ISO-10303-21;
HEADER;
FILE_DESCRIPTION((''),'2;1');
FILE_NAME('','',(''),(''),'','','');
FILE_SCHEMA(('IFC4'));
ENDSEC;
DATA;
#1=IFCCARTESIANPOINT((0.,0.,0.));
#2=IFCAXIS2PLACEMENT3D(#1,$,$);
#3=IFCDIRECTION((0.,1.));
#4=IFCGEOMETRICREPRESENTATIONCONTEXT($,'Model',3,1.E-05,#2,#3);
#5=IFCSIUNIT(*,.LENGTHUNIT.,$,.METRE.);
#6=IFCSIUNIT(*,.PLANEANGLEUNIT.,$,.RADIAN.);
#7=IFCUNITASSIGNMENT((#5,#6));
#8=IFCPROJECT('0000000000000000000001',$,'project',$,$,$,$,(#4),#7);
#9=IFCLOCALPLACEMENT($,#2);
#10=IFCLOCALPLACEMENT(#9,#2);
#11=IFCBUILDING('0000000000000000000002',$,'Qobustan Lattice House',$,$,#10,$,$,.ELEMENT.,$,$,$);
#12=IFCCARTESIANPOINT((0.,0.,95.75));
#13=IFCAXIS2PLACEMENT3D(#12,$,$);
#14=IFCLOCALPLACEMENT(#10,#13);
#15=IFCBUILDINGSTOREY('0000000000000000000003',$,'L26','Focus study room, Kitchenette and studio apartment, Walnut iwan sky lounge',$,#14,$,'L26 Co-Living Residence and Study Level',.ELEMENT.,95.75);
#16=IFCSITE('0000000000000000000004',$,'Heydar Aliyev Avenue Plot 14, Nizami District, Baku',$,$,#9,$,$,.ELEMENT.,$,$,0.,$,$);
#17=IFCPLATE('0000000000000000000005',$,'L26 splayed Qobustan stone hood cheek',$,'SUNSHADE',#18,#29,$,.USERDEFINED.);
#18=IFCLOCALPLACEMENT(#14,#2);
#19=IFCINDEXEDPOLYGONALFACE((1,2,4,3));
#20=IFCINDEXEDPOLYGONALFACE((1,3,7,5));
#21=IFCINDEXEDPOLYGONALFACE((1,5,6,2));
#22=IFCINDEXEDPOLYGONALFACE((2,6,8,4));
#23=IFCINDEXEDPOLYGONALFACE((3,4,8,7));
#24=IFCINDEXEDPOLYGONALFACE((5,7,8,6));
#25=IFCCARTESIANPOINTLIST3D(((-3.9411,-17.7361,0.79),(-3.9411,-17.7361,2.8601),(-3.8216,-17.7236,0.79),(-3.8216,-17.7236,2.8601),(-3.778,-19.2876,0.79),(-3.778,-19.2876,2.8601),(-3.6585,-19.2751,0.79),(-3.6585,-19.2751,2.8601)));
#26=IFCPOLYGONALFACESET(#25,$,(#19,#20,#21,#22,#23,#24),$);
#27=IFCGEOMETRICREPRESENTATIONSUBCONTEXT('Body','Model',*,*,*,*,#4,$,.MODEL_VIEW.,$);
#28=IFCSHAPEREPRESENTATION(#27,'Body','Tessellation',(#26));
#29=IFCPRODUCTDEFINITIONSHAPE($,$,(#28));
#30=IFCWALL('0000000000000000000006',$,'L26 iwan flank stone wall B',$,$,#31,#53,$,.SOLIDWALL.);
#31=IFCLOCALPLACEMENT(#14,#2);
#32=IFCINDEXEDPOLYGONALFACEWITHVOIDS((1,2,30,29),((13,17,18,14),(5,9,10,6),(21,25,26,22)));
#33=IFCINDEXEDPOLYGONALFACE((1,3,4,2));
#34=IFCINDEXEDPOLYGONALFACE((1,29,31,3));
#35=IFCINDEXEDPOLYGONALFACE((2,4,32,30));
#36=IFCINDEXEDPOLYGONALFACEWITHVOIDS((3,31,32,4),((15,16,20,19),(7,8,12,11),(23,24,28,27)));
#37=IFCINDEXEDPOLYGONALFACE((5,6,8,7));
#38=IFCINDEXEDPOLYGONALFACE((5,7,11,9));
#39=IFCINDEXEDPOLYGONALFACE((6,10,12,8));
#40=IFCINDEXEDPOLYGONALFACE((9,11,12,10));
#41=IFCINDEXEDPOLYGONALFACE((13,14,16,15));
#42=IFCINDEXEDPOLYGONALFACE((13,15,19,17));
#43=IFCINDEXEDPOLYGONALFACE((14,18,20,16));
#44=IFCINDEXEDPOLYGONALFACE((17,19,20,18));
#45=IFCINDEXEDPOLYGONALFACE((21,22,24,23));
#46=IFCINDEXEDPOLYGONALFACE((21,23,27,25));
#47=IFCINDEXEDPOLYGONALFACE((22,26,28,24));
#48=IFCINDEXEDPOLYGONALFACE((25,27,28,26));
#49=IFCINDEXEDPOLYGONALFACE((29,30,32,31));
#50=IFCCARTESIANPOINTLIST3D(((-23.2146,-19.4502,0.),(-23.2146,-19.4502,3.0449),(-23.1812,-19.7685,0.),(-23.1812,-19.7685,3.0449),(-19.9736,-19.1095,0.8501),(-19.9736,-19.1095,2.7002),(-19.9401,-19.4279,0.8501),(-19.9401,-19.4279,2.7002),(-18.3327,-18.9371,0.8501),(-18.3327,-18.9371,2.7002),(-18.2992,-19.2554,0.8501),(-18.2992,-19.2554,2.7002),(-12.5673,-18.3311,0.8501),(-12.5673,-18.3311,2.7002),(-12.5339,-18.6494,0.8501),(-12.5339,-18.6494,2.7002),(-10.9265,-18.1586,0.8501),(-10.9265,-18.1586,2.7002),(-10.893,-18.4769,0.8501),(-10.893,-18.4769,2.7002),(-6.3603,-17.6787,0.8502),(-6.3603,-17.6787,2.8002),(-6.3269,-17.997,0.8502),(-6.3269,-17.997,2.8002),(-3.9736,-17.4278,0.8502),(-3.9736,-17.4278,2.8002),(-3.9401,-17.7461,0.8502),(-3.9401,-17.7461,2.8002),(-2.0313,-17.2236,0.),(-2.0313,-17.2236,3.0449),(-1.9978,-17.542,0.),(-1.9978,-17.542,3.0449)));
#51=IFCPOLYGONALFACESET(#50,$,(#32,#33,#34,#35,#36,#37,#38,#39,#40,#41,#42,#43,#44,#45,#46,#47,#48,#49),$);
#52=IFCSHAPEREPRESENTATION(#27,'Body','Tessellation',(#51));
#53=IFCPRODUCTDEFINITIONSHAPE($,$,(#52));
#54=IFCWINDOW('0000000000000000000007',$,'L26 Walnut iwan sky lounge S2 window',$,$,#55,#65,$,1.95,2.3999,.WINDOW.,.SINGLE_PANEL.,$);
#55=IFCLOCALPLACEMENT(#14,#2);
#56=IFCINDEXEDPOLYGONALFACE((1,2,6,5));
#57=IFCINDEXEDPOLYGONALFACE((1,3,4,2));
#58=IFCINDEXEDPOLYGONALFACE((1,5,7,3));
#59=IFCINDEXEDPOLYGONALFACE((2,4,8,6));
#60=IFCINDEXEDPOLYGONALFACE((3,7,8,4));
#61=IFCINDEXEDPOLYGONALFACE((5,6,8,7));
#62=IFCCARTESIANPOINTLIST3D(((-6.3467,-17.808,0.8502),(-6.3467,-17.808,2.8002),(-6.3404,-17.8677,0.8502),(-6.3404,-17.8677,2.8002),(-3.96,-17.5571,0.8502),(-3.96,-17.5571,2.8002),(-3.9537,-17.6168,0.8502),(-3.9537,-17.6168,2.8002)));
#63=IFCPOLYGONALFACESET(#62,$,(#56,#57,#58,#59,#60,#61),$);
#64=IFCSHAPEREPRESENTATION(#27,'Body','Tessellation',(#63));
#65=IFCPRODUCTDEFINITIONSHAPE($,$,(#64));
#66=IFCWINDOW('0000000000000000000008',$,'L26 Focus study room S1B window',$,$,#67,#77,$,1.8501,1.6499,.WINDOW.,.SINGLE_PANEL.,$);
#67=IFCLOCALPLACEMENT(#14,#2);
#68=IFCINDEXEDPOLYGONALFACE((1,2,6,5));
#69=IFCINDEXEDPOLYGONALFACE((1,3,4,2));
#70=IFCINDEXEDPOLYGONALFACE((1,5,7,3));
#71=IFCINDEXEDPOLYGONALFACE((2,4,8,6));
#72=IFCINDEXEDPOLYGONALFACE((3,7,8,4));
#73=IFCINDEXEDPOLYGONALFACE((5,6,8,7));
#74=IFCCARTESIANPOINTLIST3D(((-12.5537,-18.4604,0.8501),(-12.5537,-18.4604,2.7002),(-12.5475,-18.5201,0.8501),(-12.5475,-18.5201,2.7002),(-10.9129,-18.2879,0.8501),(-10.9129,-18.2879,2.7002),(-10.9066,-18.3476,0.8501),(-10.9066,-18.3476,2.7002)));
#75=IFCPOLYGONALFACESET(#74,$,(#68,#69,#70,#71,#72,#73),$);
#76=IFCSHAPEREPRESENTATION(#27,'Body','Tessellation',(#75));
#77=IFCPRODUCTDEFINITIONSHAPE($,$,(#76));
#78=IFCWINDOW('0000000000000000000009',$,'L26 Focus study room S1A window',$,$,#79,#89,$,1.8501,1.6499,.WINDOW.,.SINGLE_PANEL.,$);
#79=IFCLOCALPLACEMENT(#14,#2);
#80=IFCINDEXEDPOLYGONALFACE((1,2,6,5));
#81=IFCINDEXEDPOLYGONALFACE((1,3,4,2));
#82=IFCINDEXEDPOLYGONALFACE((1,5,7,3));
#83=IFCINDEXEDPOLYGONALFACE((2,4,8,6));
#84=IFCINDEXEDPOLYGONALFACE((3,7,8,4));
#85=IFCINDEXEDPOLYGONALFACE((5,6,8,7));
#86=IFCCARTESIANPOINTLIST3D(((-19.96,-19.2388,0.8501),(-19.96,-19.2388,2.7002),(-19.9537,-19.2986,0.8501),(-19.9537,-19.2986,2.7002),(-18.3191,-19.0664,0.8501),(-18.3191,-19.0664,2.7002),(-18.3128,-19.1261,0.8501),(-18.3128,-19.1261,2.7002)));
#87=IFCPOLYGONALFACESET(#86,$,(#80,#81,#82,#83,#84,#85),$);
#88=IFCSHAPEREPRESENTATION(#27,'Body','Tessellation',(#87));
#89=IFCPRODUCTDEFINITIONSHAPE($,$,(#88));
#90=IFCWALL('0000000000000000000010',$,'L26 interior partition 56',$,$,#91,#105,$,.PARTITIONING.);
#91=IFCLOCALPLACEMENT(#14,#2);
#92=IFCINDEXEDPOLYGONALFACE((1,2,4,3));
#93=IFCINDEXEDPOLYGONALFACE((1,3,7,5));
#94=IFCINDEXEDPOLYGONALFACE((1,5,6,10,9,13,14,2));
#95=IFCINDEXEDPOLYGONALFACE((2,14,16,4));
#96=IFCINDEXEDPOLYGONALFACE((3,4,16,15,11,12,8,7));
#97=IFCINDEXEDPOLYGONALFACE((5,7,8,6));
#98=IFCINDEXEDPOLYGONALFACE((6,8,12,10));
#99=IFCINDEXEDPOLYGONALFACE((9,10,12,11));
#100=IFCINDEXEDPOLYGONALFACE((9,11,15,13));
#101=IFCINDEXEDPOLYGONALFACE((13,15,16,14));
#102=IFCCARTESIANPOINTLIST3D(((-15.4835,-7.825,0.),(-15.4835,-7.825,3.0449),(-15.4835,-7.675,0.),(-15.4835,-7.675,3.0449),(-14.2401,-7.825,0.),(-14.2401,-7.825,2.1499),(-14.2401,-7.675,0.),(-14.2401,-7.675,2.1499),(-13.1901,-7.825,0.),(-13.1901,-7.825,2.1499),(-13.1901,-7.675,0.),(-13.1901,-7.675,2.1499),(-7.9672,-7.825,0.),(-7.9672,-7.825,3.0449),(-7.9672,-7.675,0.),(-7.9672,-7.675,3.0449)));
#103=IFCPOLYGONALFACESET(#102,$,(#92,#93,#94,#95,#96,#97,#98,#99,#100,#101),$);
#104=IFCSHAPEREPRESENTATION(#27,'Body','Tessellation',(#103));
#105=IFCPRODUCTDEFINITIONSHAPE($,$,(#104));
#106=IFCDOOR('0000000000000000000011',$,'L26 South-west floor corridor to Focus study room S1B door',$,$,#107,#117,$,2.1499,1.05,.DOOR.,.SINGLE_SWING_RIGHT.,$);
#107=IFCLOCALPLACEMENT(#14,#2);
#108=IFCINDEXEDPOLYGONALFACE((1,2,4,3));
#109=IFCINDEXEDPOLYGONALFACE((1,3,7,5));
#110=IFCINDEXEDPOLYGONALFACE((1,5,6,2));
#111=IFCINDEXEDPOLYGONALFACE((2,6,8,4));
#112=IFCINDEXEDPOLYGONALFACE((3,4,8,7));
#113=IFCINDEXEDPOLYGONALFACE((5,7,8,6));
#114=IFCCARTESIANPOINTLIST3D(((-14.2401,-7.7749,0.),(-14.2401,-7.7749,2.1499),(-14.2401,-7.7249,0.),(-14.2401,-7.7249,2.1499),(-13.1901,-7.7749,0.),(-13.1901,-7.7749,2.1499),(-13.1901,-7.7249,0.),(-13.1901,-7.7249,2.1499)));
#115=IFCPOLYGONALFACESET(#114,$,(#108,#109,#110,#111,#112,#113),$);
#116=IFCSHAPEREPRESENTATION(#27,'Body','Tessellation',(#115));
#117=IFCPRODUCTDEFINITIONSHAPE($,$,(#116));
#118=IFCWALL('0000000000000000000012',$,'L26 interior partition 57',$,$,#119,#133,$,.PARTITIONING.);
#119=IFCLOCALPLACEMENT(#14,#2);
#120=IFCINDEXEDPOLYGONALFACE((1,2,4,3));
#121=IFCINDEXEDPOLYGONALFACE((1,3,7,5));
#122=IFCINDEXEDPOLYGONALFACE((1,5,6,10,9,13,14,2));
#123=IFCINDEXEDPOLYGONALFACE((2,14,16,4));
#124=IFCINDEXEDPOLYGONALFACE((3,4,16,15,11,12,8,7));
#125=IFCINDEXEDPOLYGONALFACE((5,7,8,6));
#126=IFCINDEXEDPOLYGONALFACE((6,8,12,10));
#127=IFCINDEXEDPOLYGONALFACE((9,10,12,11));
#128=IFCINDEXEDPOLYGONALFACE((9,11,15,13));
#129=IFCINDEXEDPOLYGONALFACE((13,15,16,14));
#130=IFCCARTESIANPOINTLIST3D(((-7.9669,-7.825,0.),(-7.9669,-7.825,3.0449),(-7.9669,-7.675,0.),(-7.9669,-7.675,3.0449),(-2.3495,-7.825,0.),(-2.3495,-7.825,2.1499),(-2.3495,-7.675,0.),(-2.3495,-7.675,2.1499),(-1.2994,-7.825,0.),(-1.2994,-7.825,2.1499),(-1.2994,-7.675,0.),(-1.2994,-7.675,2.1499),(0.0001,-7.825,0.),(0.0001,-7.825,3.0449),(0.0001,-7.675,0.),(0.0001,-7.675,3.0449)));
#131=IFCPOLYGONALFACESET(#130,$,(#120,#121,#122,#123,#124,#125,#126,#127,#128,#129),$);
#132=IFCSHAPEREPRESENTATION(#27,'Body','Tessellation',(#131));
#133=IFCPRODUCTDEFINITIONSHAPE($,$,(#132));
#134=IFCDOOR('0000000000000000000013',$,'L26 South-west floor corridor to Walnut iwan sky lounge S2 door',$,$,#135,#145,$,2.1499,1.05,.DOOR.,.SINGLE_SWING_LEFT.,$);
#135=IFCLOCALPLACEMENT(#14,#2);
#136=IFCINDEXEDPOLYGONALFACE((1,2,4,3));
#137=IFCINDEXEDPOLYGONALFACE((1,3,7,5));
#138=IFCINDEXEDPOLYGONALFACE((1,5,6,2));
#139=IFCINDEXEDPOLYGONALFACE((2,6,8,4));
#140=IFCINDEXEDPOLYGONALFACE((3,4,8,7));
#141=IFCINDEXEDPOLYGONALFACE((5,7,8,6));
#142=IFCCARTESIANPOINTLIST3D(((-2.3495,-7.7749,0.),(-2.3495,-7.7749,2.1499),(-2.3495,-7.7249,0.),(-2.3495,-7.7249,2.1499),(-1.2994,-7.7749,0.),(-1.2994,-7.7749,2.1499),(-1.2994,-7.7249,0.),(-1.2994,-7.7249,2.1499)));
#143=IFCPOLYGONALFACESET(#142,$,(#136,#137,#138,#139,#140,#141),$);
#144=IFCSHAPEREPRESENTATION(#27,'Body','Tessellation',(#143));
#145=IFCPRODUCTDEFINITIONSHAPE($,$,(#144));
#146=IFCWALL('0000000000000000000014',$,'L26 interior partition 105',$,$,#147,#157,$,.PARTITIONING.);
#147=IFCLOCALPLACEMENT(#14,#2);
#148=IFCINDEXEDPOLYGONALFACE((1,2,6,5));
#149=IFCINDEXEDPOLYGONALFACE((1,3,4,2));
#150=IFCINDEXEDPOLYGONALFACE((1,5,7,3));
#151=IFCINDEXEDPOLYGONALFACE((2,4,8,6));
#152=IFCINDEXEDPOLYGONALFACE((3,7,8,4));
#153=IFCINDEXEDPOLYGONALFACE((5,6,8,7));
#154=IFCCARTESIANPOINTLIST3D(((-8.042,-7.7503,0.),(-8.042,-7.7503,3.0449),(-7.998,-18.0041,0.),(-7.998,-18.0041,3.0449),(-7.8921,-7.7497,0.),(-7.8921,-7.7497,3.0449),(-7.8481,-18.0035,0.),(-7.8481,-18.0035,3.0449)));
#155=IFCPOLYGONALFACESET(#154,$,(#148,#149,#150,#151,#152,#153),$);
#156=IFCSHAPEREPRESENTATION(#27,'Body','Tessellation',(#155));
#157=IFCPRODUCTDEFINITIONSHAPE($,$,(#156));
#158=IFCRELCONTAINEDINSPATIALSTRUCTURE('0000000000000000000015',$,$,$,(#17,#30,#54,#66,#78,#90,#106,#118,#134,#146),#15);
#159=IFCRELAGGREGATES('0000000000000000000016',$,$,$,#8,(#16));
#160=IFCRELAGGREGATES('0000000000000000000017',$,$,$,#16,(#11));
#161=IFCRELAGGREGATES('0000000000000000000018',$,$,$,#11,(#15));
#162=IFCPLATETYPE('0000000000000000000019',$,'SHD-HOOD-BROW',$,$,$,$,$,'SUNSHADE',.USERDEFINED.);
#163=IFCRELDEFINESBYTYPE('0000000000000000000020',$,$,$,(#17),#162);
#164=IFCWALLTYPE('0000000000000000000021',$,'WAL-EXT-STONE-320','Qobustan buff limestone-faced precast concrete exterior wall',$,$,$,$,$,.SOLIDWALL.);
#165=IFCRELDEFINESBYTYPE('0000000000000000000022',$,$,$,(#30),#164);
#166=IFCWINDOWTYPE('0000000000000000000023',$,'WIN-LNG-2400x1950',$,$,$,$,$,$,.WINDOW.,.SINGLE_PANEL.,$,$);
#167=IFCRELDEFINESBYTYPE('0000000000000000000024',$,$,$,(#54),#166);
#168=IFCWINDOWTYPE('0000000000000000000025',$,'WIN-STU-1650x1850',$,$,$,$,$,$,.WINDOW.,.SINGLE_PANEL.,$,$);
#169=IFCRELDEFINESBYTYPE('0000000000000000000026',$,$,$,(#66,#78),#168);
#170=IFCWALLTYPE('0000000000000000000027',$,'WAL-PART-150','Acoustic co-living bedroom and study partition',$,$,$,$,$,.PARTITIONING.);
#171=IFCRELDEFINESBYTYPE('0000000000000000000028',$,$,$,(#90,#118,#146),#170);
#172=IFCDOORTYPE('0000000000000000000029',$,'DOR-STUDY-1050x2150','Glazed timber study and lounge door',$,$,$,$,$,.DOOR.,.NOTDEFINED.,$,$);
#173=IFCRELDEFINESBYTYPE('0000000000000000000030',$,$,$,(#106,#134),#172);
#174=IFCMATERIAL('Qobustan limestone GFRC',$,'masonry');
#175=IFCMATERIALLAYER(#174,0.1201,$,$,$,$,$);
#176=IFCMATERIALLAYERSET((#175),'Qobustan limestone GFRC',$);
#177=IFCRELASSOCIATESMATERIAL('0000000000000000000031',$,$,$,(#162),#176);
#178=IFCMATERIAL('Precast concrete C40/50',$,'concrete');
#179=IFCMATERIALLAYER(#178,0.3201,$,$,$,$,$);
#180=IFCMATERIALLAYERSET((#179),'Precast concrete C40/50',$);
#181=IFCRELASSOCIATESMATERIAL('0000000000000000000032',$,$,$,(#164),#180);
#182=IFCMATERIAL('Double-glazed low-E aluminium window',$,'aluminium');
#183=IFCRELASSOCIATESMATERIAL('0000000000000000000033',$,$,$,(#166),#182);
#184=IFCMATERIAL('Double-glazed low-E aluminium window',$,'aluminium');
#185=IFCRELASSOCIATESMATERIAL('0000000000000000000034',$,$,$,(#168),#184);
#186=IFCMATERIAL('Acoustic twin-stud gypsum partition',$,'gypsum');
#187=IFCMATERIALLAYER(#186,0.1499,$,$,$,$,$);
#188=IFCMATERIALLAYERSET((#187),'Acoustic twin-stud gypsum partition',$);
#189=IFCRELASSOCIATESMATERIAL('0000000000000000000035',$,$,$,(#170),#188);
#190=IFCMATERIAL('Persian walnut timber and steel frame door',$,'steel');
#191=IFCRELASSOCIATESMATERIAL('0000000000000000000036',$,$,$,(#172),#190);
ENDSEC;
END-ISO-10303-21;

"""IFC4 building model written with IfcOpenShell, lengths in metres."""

from ifc_helpers import new_model, si_unit, direction, frame, frame_2d, origin, origin_2d, place, context, subcontext, project, spatial, rectangle, extrude, material, layer, layer_set, type_object, element, fill, save


model = new_model("IFC4")

# Units and contexts
model_context = context("Model", 3, precision=1e-05, world=origin(), true_north=direction((0.0, 1.0)))
body_context = subcontext(model_context, "Body", "Model", "MODEL_VIEW")
ifc_project = project(units=[si_unit("LENGTHUNIT", "METRE"), si_unit("PLANEANGLEUNIT", "RADIAN")], contexts=[model_context])

# Site, building, storey
site_placement = place(None, origin())
site = spatial("IfcSite", under=ifc_project, at=site_placement, Name="Heydar Aliyev Avenue Plot 14, Nizami District, Baku", CompositionType="ELEMENT", RefElevation=0.0)
building_placement = place(site_placement, origin())
building = spatial("IfcBuilding", under=site, at=building_placement, Name="Qobustan Lattice House", CompositionType="ELEMENT")
storey_placement = place(building_placement, frame((0.0, 0.0, 95.75)))
storey = spatial("IfcBuildingStorey", under=building, at=storey_placement, Name="L26", Description="Focus study room, Kitchenette and studio apartment, Walnut iwan sky lounge", LongName="L26 Co-Living Residence and Study Level", CompositionType="ELEMENT", Elevation=95.75)

# Plate
ifc_material_1 = material(Name="Qobustan limestone GFRC", Category="masonry")
ifc_layer_1 = layer(ifc_material_1, 0.1201)
ifc_layer_set_1 = layer_set([ifc_layer_1], Name="Qobustan limestone GFRC")
plate_type_1 = type_object("IfcPlateType", Name="SHD-HOOD-BROW", ElementType="SUNSHADE", PredefinedType="USERDEFINED", material=ifc_layer_set_1)
plate_1_placement = place(storey_placement, frame((-3.7998, -18.5056, 0.79), z_axis=(0.0, 0.0, 1.0), x_axis=(-0.994522, -0.104528, 0.0)))
element("IfcPlate", 1, at=plate_1_placement, inside=storey, type_object=plate_type_1, Name="L26 splayed Qobustan stone hood cheek", ObjectType="SUNSHADE", PredefinedType="USERDEFINED", context=body_context, shape_type="SweptSolid", body=[
    extrude(rectangle(XDim=0.1201, YDim=1.5601, at=origin_2d()), origin(), (0.0, 0.0, 1.0), 2.0701),
])

# Wall, openings, windows
ifc_material_2 = material(Name="Precast concrete C40/50", Category="concrete")
ifc_layer_2 = layer(ifc_material_2, 0.3201)
ifc_layer_set_2 = layer_set([ifc_layer_2], Name="Precast concrete C40/50")
wall_type_1 = type_object("IfcWallType", Name="WAL-EXT-STONE-320", Description="Qobustan buff limestone-faced precast concrete exterior wall", PredefinedType="SOLIDWALL", material=ifc_layer_set_2)
wall_1_placement = place(storey_placement, frame((-2.0146, -17.3828, 0.0), z_axis=(0.0, 0.0, 1.0), x_axis=(-0.994521, -0.104533, 0.0)))
wall_1 = element("IfcWall", 2, at=wall_1_placement, inside=storey, type_object=wall_type_1, Name="L26 iwan flank stone wall B", PredefinedType="SOLIDWALL", context=body_context, shape_type="SweptSolid", body=[
    extrude(rectangle(XDim=21.3, YDim=0.3201, at=frame_2d((10.6499, 0.0))), origin(), (0.0, 0.0, 1.0), 3.0449),
])
opening_1_placement = place(wall_1_placement, frame((1.9529, 0.0, 0.8501)))
opening_1 = element("IfcOpeningElement", 3, at=opening_1_placement, cuts=wall_1, PredefinedType="OPENING", context=body_context, shape_type="SweptSolid", body=[
    extrude(rectangle(XDim=2.3999, YDim=1.95, at=frame_2d((1.2, 0.9751))), frame((0.0, 0.1699, 0.0), z_axis=(0.0, -1.0, 0.0), x_axis=(1.0, 0.0, 0.0)), (0.0, 0.0, 1.0), 0.3401),
])
opening_2_placement = place(wall_1_placement, frame((8.9441, 0.0, 0.8501)))
opening_2 = element("IfcOpeningElement", 4, at=opening_2_placement, cuts=wall_1, PredefinedType="OPENING", context=body_context, shape_type="SweptSolid", body=[
    extrude(rectangle(XDim=1.6499, YDim=1.8501, at=frame_2d((0.825, 0.925))), frame((0.0, 0.1699, 0.0), z_axis=(0.0, -1.0, 0.0), x_axis=(1.0, 0.0, 0.0)), (0.0, 0.0, 1.0), 0.3401),
])
opening_3_placement = place(wall_1_placement, frame((16.3911, 0.0, 0.8501)))
opening_3 = element("IfcOpeningElement", 5, at=opening_3_placement, cuts=wall_1, PredefinedType="OPENING", context=body_context, shape_type="SweptSolid", body=[
    extrude(rectangle(XDim=1.6499, YDim=1.8501, at=frame_2d((0.825, 0.925))), frame((0.0, 0.1699, 0.0), z_axis=(0.0, -1.0, 0.0), x_axis=(1.0, 0.0, 0.0)), (0.0, 0.0, 1.0), 0.3401),
])
ifc_material_3 = material(Name="Double-glazed low-E aluminium window", Category="aluminium")
window_type_1 = type_object("IfcWindowType", Name="WIN-LNG-2400x1950", PartitioningType="SINGLE_PANEL", PredefinedType="WINDOW", material=ifc_material_3)
window_1_placement = place(opening_1_placement, origin())
window_1 = element("IfcWindow", 6, at=window_1_placement, inside=storey, type_object=window_type_1, Name="L26 Walnut iwan sky lounge S2 window", OverallHeight=1.95, OverallWidth=2.3999, PartitioningType="SINGLE_PANEL", PredefinedType="WINDOW", context=body_context, shape_type="SweptSolid", body=[
    extrude(rectangle(XDim=2.3999, YDim=1.95, at=frame_2d((1.2, 0.9751))), frame((0.0, 0.03, 0.0), z_axis=(0.0, -1.0, 0.0), x_axis=(1.0, 0.0, 0.0)), (0.0, 0.0, 1.0), 0.0601),
])
fill(opening_1, window_1)
ifc_material_4 = material(Name="Double-glazed low-E aluminium window", Category="aluminium")
window_type_2 = type_object("IfcWindowType", Name="WIN-STU-1650x1850", PartitioningType="SINGLE_PANEL", PredefinedType="WINDOW", material=ifc_material_4)
window_2_placement = place(opening_2_placement, origin())
window_2 = element("IfcWindow", 7, at=window_2_placement, inside=storey, type_object=window_type_2, Name="L26 Focus study room S1B window", OverallHeight=1.8501, OverallWidth=1.6499, PartitioningType="SINGLE_PANEL", PredefinedType="WINDOW", context=body_context, shape_type="SweptSolid", body=[
    extrude(rectangle(XDim=1.6499, YDim=1.8501, at=frame_2d((0.825, 0.925))), frame((0.0, 0.03, 0.0), z_axis=(0.0, -1.0, 0.0), x_axis=(1.0, 0.0, 0.0)), (0.0, 0.0, 1.0), 0.0601),
])
fill(opening_2, window_2)
window_3_placement = place(opening_3_placement, origin())
window_3 = element("IfcWindow", 8, at=window_3_placement, inside=storey, type_object=window_type_2, Name="L26 Focus study room S1A window", OverallHeight=1.8501, OverallWidth=1.6499, PartitioningType="SINGLE_PANEL", PredefinedType="WINDOW", context=body_context, shape_type="SweptSolid", body=[
    extrude(rectangle(XDim=1.6499, YDim=1.8501, at=frame_2d((0.825, 0.925))), frame((0.0, 0.03, 0.0), z_axis=(0.0, -1.0, 0.0), x_axis=(1.0, 0.0, 0.0)), (0.0, 0.0, 1.0), 0.0601),
])
fill(opening_3, window_3)

# Walls, openings, doors
ifc_material_5 = material(Name="Acoustic twin-stud gypsum partition", Category="gypsum")
ifc_layer_3 = layer(ifc_material_5, 0.1499)
ifc_layer_set_3 = layer_set([ifc_layer_3], Name="Acoustic twin-stud gypsum partition")
wall_type_2 = type_object("IfcWallType", Name="WAL-PART-150", Description="Acoustic co-living bedroom and study partition", PredefinedType="PARTITIONING", material=ifc_layer_set_3)
wall_2_placement = place(storey_placement, frame((-7.967, -7.75, 0.0), z_axis=(0.0, 0.0, 1.0), x_axis=(-1.0, 0.0, 0.0)))
wall_2 = element("IfcWall", 9, at=wall_2_placement, inside=storey, type_object=wall_type_2, Name="L26 interior partition 56", PredefinedType="PARTITIONING", context=body_context, shape_type="SweptSolid", body=[
    extrude(rectangle(XDim=7.5164, YDim=0.1499, at=frame_2d((3.7583, 0.0))), origin(), (0.0, 0.0, 1.0), 3.0449),
])
opening_4_placement = place(wall_2_placement, frame((5.2231, 0.0, 0.0)))
opening_4 = element("IfcOpeningElement", 10, at=opening_4_placement, cuts=wall_2, PredefinedType="OPENING", context=body_context, shape_type="SweptSolid", body=[
    extrude(rectangle(XDim=1.05, YDim=2.1499, at=frame_2d((0.5249, 1.075))), frame((0.0, 0.085, 0.0), z_axis=(0.0, -1.0, 0.0), x_axis=(1.0, 0.0, 0.0)), (0.0, 0.0, 1.0), 0.1699),
])
ifc_material_6 = material(Name="Persian walnut timber and steel frame door", Category="steel")
door_type = type_object("IfcDoorType", Name="DOR-STUDY-1050x2150", Description="Glazed timber study and lounge door", OperationType="NOTDEFINED", PredefinedType="DOOR", material=ifc_material_6)
door_1_placement = place(opening_4_placement, origin())
door_1 = element("IfcDoor", 11, at=door_1_placement, inside=storey, type_object=door_type, Name="L26 South-west floor corridor to Focus study room S1B door", OperationType="SINGLE_SWING_RIGHT", OverallHeight=2.1499, OverallWidth=1.05, PredefinedType="DOOR", context=body_context, shape_type="SweptSolid", body=[
    extrude(rectangle(XDim=1.05, YDim=2.1499, at=frame_2d((0.5249, 1.075))), frame((0.0, 0.0249, 0.0), z_axis=(0.0, -1.0, 0.0), x_axis=(1.0, 0.0, 0.0)), (0.0, 0.0, 1.0), 0.05),
])
fill(opening_4, door_1)
wall_3_placement = place(storey_placement, frame((0.0, -7.75, 0.0), z_axis=(0.0, 0.0, 1.0), x_axis=(-1.0, 0.0, 0.0)))
wall_3 = element("IfcWall", 12, at=wall_3_placement, inside=storey, type_object=wall_type_2, Name="L26 interior partition 57", PredefinedType="PARTITIONING", context=body_context, shape_type="SweptSolid", body=[
    extrude(rectangle(XDim=7.967, YDim=0.1499, at=frame_2d((3.9834, 0.0))), origin(), (0.0, 0.0, 1.0), 3.0449),
])
opening_5_placement = place(wall_3_placement, frame((1.2996, 0.0, 0.0)))
opening_5 = element("IfcOpeningElement", 13, at=opening_5_placement, cuts=wall_3, PredefinedType="OPENING", context=body_context, shape_type="SweptSolid", body=[
    extrude(rectangle(XDim=1.05, YDim=2.1499, at=frame_2d((0.5249, 1.075))), frame((0.0, 0.085, 0.0), z_axis=(0.0, -1.0, 0.0), x_axis=(1.0, 0.0, 0.0)), (0.0, 0.0, 1.0), 0.1699),
])
door_2_placement = place(opening_5_placement, origin())
door_2 = element("IfcDoor", 14, at=door_2_placement, inside=storey, type_object=door_type, Name="L26 South-west floor corridor to Walnut iwan sky lounge S2 door", OperationType="SINGLE_SWING_LEFT", OverallHeight=2.1499, OverallWidth=1.05, PredefinedType="DOOR", context=body_context, shape_type="SweptSolid", body=[
    extrude(rectangle(XDim=1.05, YDim=2.1499, at=frame_2d((0.5249, 1.075))), frame((0.0, 0.0249, 0.0), z_axis=(0.0, -1.0, 0.0), x_axis=(1.0, 0.0, 0.0)), (0.0, 0.0, 1.0), 0.05),
])
fill(opening_5, door_2)

# Wall
wall_4_placement = place(storey_placement, frame((-7.967, -7.75, 0.0), z_axis=(0.0, 0.0, 1.0), x_axis=(0.004286, -0.999991, 0.0)))
element("IfcWall", 15, at=wall_4_placement, inside=storey, type_object=wall_type_2, Name="L26 interior partition 105", PredefinedType="PARTITIONING", context=body_context, shape_type="SweptSolid", body=[
    extrude(rectangle(XDim=10.2539, YDim=0.1499, at=frame_2d((5.127, 0.0))), origin(), (0.0, 0.0, 1.0), 3.0449),
])

save(model, "model.ifc")
